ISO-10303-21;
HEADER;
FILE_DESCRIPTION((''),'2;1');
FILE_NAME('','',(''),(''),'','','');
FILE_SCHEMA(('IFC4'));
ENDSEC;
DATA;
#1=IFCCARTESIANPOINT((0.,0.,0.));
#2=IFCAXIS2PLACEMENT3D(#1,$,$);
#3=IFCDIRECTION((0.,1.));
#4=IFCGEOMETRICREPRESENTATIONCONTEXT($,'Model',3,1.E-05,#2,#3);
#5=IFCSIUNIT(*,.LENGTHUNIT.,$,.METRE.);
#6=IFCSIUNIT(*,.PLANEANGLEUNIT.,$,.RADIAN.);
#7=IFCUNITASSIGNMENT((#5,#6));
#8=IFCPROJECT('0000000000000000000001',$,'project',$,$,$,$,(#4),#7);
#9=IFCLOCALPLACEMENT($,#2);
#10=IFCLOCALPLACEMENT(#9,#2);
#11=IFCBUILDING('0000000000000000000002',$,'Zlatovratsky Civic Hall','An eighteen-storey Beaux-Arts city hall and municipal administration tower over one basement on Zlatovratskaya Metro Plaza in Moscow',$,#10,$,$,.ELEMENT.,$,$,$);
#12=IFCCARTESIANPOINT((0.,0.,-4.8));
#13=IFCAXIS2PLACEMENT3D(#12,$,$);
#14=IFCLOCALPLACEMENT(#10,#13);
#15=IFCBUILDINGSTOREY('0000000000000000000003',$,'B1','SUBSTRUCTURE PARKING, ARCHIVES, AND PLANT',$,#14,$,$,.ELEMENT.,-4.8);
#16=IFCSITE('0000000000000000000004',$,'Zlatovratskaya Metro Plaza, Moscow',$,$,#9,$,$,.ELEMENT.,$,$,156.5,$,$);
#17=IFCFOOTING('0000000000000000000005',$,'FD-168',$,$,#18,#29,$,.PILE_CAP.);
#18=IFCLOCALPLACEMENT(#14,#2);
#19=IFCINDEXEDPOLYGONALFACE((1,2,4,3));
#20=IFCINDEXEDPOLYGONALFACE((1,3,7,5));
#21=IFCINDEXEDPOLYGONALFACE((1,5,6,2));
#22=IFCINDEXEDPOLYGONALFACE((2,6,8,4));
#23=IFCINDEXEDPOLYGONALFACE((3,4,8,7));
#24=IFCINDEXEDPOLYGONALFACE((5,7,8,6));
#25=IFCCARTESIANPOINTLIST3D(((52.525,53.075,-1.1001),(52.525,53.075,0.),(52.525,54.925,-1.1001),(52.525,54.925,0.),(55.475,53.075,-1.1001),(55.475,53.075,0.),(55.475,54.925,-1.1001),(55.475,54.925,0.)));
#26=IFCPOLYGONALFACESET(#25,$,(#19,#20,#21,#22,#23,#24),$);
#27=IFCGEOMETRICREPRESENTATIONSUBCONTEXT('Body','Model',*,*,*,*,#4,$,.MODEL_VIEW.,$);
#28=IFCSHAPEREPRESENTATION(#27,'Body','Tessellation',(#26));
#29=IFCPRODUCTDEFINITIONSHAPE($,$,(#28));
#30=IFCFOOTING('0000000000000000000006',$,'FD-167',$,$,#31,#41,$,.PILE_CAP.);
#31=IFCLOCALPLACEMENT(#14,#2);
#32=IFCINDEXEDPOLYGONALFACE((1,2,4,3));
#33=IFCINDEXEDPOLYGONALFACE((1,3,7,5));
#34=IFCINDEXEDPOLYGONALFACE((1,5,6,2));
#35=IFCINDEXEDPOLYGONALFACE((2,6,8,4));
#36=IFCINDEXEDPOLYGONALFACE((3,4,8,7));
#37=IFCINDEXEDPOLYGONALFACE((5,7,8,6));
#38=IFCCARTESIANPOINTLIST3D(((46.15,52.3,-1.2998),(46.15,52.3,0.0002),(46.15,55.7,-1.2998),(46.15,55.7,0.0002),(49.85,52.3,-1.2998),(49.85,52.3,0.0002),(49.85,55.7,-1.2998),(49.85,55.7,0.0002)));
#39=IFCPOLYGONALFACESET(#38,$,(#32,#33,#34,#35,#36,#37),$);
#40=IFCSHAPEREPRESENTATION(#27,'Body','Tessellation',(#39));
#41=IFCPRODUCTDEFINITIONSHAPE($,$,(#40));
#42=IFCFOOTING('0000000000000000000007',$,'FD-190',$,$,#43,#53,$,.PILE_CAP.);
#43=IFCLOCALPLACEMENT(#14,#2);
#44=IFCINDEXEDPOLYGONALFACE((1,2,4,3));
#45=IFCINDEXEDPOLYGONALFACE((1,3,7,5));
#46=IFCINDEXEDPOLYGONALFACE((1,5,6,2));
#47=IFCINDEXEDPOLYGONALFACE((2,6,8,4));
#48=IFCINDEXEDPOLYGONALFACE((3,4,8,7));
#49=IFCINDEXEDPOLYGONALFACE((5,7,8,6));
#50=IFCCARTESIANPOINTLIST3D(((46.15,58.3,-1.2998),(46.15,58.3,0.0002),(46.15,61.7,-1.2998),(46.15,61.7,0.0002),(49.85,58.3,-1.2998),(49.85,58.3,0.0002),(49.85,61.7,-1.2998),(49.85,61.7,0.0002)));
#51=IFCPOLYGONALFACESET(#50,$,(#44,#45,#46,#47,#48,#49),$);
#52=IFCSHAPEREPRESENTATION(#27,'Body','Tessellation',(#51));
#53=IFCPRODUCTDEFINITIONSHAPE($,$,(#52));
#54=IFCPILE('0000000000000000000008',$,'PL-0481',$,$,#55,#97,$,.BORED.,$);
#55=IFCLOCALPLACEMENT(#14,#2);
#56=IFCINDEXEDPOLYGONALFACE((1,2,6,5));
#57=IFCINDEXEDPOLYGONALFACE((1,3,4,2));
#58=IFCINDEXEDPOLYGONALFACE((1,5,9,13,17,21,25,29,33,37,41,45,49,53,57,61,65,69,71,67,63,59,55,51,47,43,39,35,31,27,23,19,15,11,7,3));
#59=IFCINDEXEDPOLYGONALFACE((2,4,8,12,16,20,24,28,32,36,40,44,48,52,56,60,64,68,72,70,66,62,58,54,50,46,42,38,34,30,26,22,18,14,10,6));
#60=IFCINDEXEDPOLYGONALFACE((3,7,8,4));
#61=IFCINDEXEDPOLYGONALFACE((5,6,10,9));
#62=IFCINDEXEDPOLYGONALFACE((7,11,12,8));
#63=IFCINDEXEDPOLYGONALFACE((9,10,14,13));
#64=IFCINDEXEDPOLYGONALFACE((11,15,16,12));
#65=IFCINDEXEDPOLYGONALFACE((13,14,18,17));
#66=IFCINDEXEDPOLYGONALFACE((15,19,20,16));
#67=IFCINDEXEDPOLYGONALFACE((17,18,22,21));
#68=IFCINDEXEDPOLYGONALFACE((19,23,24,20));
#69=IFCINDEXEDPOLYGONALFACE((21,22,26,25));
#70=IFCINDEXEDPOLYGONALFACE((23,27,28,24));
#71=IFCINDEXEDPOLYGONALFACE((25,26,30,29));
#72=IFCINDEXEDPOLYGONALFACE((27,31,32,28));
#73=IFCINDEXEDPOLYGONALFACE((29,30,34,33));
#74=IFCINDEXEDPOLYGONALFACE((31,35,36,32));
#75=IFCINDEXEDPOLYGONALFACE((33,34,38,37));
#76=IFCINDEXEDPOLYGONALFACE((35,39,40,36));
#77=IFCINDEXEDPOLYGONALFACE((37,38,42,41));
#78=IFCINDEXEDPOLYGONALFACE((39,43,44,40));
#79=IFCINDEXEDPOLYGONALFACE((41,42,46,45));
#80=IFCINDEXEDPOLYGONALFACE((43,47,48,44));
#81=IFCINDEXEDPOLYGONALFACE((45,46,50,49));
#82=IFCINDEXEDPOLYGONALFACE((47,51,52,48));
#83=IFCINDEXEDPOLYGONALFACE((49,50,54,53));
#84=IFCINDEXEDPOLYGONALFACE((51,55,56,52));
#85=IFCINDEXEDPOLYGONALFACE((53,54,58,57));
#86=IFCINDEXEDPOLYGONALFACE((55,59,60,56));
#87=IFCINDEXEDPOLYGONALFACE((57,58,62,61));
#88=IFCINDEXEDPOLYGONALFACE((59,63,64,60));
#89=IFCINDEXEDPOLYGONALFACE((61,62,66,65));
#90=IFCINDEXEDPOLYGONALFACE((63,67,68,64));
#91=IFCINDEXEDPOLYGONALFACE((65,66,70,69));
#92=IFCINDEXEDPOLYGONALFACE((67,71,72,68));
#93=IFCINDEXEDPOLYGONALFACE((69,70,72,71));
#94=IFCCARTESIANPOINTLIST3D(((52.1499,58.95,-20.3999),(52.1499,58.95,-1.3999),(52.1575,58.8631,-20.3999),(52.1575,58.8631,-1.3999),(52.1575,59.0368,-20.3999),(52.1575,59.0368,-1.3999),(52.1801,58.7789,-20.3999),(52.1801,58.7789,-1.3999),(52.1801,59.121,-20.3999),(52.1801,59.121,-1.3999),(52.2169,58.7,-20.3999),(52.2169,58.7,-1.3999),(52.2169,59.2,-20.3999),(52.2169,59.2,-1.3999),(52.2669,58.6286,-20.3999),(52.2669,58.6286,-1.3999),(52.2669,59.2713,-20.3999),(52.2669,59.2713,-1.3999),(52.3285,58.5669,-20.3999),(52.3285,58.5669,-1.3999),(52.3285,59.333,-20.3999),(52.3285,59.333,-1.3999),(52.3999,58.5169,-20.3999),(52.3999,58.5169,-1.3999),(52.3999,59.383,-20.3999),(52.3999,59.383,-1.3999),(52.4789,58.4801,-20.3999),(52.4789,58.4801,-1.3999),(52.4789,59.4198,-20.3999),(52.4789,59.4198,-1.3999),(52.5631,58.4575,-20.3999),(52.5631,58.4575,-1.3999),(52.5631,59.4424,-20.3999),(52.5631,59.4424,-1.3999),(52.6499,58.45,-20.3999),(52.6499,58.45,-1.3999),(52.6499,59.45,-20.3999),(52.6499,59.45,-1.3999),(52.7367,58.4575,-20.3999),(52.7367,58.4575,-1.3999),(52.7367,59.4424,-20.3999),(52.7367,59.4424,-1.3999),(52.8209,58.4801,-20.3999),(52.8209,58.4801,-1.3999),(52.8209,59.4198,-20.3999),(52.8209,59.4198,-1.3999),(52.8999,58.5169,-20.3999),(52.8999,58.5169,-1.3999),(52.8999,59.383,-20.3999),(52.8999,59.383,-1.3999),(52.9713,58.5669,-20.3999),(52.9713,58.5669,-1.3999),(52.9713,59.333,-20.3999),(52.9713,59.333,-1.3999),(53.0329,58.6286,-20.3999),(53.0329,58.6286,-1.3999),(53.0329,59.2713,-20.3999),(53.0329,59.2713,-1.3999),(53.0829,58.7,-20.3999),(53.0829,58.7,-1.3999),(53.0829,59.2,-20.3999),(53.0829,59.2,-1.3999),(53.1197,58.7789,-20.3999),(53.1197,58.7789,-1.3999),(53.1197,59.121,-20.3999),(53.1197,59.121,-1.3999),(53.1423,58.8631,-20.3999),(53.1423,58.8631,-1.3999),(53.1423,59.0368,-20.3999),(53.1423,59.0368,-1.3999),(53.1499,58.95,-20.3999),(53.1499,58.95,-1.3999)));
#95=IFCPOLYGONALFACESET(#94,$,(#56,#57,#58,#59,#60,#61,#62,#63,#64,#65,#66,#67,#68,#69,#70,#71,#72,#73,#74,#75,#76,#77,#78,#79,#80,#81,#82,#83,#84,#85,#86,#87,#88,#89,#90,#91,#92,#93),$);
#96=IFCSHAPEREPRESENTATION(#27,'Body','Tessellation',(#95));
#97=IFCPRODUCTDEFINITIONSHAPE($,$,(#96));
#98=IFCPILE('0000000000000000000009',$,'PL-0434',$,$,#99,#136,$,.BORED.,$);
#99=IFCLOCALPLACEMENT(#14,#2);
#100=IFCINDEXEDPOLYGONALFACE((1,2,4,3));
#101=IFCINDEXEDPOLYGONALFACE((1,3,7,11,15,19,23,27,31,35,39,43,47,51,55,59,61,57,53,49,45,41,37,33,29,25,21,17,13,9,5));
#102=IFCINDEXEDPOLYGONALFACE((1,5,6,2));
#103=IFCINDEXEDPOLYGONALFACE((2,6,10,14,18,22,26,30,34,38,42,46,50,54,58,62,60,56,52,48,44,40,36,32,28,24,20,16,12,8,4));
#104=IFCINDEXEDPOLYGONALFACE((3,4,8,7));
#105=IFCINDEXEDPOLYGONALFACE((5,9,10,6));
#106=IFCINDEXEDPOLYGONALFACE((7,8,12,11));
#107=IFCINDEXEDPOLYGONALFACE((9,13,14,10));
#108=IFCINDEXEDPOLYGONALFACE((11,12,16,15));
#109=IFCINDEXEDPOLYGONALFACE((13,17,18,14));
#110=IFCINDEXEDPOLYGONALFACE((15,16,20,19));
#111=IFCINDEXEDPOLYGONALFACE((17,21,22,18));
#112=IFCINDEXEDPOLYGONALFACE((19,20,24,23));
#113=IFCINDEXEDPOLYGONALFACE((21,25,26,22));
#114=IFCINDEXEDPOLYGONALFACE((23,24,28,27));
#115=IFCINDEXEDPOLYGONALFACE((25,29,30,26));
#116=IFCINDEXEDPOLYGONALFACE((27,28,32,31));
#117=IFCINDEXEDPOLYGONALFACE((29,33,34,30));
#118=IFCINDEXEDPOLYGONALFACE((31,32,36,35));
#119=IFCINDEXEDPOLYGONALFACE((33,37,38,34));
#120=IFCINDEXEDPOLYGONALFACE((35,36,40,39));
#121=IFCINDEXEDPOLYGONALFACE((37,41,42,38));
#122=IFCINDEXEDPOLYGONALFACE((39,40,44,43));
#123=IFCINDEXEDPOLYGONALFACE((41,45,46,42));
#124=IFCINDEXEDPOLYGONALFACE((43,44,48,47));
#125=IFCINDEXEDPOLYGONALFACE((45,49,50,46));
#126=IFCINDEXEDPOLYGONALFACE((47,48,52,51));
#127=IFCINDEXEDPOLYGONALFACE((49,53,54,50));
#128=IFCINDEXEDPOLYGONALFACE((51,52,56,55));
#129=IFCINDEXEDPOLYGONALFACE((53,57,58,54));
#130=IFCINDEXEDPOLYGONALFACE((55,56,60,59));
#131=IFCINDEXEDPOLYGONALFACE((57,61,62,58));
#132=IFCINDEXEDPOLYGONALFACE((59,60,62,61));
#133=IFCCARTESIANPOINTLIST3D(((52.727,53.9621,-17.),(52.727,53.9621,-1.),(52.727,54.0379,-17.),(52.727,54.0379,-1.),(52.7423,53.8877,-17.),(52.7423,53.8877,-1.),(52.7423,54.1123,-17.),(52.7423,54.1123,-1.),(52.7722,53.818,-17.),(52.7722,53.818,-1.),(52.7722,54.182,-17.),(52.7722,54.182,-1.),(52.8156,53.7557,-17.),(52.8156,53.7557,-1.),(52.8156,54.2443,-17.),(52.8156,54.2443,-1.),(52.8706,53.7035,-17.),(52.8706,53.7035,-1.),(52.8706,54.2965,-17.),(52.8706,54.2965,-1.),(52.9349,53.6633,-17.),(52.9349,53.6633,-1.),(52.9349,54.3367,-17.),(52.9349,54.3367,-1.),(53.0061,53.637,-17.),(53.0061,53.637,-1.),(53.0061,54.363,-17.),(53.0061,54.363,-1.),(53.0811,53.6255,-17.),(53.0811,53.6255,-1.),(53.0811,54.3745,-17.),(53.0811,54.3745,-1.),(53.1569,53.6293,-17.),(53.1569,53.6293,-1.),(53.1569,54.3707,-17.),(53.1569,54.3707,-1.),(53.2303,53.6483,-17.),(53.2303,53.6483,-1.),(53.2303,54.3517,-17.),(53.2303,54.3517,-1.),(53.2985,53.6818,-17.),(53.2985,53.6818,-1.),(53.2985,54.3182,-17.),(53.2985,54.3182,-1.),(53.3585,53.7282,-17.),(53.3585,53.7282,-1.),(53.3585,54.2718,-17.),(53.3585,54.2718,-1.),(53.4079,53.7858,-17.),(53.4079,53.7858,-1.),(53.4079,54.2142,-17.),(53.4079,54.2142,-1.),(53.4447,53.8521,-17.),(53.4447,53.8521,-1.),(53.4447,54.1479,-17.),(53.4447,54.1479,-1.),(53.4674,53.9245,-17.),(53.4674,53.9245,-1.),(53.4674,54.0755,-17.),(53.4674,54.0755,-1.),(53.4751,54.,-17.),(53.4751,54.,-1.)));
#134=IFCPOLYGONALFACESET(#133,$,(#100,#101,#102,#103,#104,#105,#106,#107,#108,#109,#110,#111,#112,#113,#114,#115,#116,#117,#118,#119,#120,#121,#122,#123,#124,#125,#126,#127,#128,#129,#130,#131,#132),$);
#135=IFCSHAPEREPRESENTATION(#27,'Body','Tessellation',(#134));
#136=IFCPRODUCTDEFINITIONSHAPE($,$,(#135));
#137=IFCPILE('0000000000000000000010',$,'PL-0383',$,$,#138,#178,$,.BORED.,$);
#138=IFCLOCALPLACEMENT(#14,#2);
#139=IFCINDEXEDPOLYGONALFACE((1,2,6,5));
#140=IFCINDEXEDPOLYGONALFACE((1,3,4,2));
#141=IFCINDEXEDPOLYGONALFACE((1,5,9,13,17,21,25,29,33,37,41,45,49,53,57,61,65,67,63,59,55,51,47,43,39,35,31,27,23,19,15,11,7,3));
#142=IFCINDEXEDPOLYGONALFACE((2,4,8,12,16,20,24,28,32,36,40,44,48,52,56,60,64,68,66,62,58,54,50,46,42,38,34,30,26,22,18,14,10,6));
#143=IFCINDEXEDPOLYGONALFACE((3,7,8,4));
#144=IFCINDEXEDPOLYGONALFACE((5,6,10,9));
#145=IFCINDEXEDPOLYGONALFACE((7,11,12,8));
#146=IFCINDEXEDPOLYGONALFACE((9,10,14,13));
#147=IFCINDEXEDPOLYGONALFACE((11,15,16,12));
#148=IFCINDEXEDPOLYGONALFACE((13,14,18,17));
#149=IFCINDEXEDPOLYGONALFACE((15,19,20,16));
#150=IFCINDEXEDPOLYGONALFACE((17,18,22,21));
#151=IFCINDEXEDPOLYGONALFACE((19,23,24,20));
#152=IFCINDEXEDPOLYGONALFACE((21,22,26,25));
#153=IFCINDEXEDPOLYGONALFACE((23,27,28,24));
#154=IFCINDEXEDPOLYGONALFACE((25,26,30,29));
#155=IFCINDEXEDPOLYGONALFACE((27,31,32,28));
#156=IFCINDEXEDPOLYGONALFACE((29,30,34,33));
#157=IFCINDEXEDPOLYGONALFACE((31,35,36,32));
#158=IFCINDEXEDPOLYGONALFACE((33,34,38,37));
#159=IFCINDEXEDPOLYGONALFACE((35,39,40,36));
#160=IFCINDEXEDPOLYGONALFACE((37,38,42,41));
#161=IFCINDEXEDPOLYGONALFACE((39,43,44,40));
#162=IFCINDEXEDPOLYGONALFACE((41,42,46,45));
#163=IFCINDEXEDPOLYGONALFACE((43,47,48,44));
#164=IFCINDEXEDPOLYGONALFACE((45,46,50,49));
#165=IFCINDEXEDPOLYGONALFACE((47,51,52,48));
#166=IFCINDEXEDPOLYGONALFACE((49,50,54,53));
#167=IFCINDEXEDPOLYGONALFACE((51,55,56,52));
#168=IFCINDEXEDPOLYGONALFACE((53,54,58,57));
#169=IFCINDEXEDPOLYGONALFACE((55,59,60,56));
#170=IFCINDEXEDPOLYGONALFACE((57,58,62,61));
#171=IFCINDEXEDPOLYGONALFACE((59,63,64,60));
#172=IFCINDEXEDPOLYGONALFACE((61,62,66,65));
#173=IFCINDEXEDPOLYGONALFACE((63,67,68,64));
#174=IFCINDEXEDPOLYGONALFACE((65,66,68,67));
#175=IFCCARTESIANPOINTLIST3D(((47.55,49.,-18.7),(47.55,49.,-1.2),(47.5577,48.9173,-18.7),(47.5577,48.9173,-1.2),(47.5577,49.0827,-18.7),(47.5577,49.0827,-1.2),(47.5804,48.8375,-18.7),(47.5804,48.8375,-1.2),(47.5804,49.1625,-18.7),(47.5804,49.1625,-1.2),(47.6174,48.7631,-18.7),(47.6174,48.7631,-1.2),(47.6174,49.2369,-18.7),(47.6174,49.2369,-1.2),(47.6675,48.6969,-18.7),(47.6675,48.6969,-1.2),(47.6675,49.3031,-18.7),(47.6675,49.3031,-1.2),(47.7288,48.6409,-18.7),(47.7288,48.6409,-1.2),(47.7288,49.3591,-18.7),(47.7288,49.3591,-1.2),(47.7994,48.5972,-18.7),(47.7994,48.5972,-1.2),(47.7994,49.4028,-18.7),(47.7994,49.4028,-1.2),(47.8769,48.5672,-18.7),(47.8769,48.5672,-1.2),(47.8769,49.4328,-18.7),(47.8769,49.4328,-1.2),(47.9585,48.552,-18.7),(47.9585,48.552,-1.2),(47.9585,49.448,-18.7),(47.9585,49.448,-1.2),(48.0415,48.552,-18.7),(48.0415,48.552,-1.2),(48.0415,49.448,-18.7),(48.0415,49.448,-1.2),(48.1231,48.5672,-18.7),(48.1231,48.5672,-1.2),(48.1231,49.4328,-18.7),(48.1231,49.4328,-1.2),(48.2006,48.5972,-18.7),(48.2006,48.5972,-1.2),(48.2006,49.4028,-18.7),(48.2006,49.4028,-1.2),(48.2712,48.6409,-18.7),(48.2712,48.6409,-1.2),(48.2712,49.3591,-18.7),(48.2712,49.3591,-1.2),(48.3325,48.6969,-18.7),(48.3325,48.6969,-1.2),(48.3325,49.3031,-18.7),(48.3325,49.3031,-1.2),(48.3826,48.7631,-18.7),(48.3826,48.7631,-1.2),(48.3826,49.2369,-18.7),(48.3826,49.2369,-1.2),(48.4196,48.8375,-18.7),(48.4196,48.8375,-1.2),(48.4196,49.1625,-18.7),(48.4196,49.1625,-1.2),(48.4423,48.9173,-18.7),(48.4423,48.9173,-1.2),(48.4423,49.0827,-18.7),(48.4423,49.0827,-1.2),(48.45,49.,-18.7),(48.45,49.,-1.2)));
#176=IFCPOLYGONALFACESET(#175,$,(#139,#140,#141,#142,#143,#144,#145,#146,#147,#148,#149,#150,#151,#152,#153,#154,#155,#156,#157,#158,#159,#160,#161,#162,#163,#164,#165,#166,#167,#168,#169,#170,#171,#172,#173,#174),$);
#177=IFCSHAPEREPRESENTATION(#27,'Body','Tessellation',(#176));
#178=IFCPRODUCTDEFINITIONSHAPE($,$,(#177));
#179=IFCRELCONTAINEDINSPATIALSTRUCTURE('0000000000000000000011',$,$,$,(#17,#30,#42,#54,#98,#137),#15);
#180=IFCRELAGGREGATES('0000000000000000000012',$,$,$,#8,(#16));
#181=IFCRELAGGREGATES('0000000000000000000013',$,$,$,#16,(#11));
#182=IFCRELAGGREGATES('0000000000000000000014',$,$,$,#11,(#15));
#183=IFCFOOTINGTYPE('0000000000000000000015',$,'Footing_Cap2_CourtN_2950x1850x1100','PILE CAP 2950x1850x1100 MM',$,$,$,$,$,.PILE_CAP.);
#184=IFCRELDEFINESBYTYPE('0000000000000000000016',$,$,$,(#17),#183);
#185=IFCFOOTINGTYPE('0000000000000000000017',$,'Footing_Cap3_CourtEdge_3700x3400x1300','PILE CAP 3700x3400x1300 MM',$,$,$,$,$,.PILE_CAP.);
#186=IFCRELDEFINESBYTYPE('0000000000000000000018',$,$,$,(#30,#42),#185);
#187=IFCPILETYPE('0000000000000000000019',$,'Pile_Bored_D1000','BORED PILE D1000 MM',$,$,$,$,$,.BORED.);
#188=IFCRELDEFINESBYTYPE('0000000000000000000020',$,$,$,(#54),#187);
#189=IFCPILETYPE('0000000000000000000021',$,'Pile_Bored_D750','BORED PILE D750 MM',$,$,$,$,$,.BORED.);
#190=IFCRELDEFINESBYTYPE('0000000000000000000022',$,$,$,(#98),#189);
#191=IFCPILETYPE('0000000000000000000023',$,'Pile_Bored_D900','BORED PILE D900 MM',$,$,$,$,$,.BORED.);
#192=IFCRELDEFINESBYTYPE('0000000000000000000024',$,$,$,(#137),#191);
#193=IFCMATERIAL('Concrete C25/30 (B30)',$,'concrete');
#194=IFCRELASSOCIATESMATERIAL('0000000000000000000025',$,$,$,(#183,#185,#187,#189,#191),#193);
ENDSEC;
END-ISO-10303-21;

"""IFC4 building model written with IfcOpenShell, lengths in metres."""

from ifc_helpers import new_model, si_unit, direction, frame, origin, origin_2d, place, context, subcontext, project, spatial, rectangle, circle, extrude, material, material_profile, profile_set, type_object, element, save


model = new_model("IFC4")

# Units and contexts
model_context = context("Model", 3, precision=1e-05, world=origin(), true_north=direction((0.0, 1.0)))
body_context = subcontext(model_context, "Body", "Model", "MODEL_VIEW")
ifc_project = project(units=[si_unit("LENGTHUNIT", "METRE"), si_unit("PLANEANGLEUNIT", "RADIAN")], contexts=[model_context])

# Site, building, storey
site_placement = place(None, origin())
site = spatial("IfcSite", under=ifc_project, at=site_placement, Name="Zlatovratskaya Metro Plaza, Moscow", CompositionType="ELEMENT", RefElevation=156.5)
building_placement = place(site_placement, origin())
building = spatial("IfcBuilding", under=site, at=building_placement, Name="Zlatovratsky Civic Hall", Description="An eighteen-storey Beaux-Arts city hall and municipal administration tower over one basement on Zlatovratskaya Metro Plaza in Moscow", CompositionType="ELEMENT")
storey_placement = place(building_placement, frame((0.0, 0.0, -4.8)))
storey = spatial("IfcBuildingStorey", under=building, at=storey_placement, Name="B1", Description="SUBSTRUCTURE PARKING, ARCHIVES, AND PLANT", CompositionType="ELEMENT", Elevation=-4.8)

# Footings
ifc_material_1 = material(Name="Concrete C25/30 (B30)", Category="concrete")
footing_type_1 = type_object("IfcFootingType", Name="Footing_Cap2_CourtN_2950x1850x1100", Description="PILE CAP 2950x1850x1100 MM", PredefinedType="PILE_CAP", material=ifc_material_1)
footing_placement = place(storey_placement, frame((54.0, 54.0, -1.1001), z_axis=(0.0, 0.0, 1.0), x_axis=(1.0, 0.0, 0.0)))
element("IfcFooting", 1, at=footing_placement, inside=storey, type_object=footing_type_1, Name="FD-168", PredefinedType="PILE_CAP", context=body_context, shape_type="SweptSolid", body=[
    extrude(rectangle(XDim=2.95, YDim=1.8501, at=origin_2d()), origin(), (0.0, 0.0, 1.0), 1.1001),
])
footing_type_2 = type_object("IfcFootingType", Name="Footing_Cap3_CourtEdge_3700x3400x1300", Description="PILE CAP 3700x3400x1300 MM", PredefinedType="PILE_CAP", material=ifc_material_1)
for number, where, z_axis, x_axis, name in (
    (2, (48.0, 54.0, -1.2998), (0.0, 0.0, 1.0), (1.0, 0.0, 0.0), "FD-167"),
    (3, (48.0, 60.0, -1.2998), (0.0, 0.0, 1.0), (1.0, 0.0, 0.0), "FD-190"),
):
    element("IfcFooting", number, at=place(storey_placement, frame(where, z_axis=z_axis, x_axis=x_axis)), inside=storey, type_object=footing_type_2, Name=name, PredefinedType="PILE_CAP", context=body_context, shape_type="SweptSolid", body=[
        extrude(rectangle(XDim=3.7, YDim=3.3999, at=origin_2d()), origin(), (0.0, 0.0, 1.0), 1.3),
    ])

# Piles
ifc_material_profile_1 = material_profile(ifc_material_1, circle(Radius=0.5, at=origin_2d()), Name="PILE D1000")
ifc_profile_set_1 = profile_set([ifc_material_profile_1], Name="Concrete C25/30 (B30)")
pile_type_1 = type_object("IfcPileType", Name="Pile_Bored_D1000", Description="BORED PILE D1000 MM", PredefinedType="BORED", material=ifc_profile_set_1)
pile_1_placement = place(storey_placement, frame((52.6499, 58.95, -1.3999), z_axis=(0.0, 0.0, -1.0), x_axis=(1.0, 0.0, 0.0)))
element("IfcPile", 4, at=pile_1_placement, inside=storey, type_object=pile_type_1, Name="PL-0481", PredefinedType="BORED", context=body_context, shape_type="SweptSolid", body=[
    extrude(circle(Radius=0.5, at=origin_2d()), origin(), (0.0, 0.0, 1.0), 19.0),
])
ifc_material_profile_2 = material_profile(ifc_material_1, circle(Radius=0.375, at=origin_2d()), Name="PILE D750")
ifc_profile_set_2 = profile_set([ifc_material_profile_2], Name="Concrete C25/30 (B30)")
pile_type_2 = type_object("IfcPileType", Name="Pile_Bored_D750", Description="BORED PILE D750 MM", PredefinedType="BORED", material=ifc_profile_set_2)
pile_2_placement = place(storey_placement, frame((53.1001, 54.0, -1.0), z_axis=(0.0, 0.0, -1.0), x_axis=(1.0, 0.0, 0.0)))
element("IfcPile", 5, at=pile_2_placement, inside=storey, type_object=pile_type_2, Name="PL-0434", PredefinedType="BORED", context=body_context, shape_type="SweptSolid", body=[
    extrude(circle(Radius=0.375, at=origin_2d()), origin(), (0.0, 0.0, 1.0), 16.0),
])
ifc_material_profile_3 = material_profile(ifc_material_1, circle(Radius=0.45, at=origin_2d()), Name="PILE D900")
ifc_profile_set_3 = profile_set([ifc_material_profile_3], Name="Concrete C25/30 (B30)")
pile_type_3 = type_object("IfcPileType", Name="Pile_Bored_D900", Description="BORED PILE D900 MM", PredefinedType="BORED", material=ifc_profile_set_3)
for number, where, z_axis, x_axis, name in (
    (6, (48.0, 49.0, -1.2), (0.0, 0.0, -1.0), (1.0, 0.0, 0.0), "PL-0383"),
):
    element("IfcPile", number, at=place(storey_placement, frame(where, z_axis=z_axis, x_axis=x_axis)), inside=storey, type_object=pile_type_3, Name=name, PredefinedType="BORED", context=body_context, shape_type="SweptSolid", body=[
        extrude(circle(Radius=0.45, at=origin_2d()), origin(), (0.0, 0.0, 1.0), 17.5),
    ])

save(model, "model.ifc")
